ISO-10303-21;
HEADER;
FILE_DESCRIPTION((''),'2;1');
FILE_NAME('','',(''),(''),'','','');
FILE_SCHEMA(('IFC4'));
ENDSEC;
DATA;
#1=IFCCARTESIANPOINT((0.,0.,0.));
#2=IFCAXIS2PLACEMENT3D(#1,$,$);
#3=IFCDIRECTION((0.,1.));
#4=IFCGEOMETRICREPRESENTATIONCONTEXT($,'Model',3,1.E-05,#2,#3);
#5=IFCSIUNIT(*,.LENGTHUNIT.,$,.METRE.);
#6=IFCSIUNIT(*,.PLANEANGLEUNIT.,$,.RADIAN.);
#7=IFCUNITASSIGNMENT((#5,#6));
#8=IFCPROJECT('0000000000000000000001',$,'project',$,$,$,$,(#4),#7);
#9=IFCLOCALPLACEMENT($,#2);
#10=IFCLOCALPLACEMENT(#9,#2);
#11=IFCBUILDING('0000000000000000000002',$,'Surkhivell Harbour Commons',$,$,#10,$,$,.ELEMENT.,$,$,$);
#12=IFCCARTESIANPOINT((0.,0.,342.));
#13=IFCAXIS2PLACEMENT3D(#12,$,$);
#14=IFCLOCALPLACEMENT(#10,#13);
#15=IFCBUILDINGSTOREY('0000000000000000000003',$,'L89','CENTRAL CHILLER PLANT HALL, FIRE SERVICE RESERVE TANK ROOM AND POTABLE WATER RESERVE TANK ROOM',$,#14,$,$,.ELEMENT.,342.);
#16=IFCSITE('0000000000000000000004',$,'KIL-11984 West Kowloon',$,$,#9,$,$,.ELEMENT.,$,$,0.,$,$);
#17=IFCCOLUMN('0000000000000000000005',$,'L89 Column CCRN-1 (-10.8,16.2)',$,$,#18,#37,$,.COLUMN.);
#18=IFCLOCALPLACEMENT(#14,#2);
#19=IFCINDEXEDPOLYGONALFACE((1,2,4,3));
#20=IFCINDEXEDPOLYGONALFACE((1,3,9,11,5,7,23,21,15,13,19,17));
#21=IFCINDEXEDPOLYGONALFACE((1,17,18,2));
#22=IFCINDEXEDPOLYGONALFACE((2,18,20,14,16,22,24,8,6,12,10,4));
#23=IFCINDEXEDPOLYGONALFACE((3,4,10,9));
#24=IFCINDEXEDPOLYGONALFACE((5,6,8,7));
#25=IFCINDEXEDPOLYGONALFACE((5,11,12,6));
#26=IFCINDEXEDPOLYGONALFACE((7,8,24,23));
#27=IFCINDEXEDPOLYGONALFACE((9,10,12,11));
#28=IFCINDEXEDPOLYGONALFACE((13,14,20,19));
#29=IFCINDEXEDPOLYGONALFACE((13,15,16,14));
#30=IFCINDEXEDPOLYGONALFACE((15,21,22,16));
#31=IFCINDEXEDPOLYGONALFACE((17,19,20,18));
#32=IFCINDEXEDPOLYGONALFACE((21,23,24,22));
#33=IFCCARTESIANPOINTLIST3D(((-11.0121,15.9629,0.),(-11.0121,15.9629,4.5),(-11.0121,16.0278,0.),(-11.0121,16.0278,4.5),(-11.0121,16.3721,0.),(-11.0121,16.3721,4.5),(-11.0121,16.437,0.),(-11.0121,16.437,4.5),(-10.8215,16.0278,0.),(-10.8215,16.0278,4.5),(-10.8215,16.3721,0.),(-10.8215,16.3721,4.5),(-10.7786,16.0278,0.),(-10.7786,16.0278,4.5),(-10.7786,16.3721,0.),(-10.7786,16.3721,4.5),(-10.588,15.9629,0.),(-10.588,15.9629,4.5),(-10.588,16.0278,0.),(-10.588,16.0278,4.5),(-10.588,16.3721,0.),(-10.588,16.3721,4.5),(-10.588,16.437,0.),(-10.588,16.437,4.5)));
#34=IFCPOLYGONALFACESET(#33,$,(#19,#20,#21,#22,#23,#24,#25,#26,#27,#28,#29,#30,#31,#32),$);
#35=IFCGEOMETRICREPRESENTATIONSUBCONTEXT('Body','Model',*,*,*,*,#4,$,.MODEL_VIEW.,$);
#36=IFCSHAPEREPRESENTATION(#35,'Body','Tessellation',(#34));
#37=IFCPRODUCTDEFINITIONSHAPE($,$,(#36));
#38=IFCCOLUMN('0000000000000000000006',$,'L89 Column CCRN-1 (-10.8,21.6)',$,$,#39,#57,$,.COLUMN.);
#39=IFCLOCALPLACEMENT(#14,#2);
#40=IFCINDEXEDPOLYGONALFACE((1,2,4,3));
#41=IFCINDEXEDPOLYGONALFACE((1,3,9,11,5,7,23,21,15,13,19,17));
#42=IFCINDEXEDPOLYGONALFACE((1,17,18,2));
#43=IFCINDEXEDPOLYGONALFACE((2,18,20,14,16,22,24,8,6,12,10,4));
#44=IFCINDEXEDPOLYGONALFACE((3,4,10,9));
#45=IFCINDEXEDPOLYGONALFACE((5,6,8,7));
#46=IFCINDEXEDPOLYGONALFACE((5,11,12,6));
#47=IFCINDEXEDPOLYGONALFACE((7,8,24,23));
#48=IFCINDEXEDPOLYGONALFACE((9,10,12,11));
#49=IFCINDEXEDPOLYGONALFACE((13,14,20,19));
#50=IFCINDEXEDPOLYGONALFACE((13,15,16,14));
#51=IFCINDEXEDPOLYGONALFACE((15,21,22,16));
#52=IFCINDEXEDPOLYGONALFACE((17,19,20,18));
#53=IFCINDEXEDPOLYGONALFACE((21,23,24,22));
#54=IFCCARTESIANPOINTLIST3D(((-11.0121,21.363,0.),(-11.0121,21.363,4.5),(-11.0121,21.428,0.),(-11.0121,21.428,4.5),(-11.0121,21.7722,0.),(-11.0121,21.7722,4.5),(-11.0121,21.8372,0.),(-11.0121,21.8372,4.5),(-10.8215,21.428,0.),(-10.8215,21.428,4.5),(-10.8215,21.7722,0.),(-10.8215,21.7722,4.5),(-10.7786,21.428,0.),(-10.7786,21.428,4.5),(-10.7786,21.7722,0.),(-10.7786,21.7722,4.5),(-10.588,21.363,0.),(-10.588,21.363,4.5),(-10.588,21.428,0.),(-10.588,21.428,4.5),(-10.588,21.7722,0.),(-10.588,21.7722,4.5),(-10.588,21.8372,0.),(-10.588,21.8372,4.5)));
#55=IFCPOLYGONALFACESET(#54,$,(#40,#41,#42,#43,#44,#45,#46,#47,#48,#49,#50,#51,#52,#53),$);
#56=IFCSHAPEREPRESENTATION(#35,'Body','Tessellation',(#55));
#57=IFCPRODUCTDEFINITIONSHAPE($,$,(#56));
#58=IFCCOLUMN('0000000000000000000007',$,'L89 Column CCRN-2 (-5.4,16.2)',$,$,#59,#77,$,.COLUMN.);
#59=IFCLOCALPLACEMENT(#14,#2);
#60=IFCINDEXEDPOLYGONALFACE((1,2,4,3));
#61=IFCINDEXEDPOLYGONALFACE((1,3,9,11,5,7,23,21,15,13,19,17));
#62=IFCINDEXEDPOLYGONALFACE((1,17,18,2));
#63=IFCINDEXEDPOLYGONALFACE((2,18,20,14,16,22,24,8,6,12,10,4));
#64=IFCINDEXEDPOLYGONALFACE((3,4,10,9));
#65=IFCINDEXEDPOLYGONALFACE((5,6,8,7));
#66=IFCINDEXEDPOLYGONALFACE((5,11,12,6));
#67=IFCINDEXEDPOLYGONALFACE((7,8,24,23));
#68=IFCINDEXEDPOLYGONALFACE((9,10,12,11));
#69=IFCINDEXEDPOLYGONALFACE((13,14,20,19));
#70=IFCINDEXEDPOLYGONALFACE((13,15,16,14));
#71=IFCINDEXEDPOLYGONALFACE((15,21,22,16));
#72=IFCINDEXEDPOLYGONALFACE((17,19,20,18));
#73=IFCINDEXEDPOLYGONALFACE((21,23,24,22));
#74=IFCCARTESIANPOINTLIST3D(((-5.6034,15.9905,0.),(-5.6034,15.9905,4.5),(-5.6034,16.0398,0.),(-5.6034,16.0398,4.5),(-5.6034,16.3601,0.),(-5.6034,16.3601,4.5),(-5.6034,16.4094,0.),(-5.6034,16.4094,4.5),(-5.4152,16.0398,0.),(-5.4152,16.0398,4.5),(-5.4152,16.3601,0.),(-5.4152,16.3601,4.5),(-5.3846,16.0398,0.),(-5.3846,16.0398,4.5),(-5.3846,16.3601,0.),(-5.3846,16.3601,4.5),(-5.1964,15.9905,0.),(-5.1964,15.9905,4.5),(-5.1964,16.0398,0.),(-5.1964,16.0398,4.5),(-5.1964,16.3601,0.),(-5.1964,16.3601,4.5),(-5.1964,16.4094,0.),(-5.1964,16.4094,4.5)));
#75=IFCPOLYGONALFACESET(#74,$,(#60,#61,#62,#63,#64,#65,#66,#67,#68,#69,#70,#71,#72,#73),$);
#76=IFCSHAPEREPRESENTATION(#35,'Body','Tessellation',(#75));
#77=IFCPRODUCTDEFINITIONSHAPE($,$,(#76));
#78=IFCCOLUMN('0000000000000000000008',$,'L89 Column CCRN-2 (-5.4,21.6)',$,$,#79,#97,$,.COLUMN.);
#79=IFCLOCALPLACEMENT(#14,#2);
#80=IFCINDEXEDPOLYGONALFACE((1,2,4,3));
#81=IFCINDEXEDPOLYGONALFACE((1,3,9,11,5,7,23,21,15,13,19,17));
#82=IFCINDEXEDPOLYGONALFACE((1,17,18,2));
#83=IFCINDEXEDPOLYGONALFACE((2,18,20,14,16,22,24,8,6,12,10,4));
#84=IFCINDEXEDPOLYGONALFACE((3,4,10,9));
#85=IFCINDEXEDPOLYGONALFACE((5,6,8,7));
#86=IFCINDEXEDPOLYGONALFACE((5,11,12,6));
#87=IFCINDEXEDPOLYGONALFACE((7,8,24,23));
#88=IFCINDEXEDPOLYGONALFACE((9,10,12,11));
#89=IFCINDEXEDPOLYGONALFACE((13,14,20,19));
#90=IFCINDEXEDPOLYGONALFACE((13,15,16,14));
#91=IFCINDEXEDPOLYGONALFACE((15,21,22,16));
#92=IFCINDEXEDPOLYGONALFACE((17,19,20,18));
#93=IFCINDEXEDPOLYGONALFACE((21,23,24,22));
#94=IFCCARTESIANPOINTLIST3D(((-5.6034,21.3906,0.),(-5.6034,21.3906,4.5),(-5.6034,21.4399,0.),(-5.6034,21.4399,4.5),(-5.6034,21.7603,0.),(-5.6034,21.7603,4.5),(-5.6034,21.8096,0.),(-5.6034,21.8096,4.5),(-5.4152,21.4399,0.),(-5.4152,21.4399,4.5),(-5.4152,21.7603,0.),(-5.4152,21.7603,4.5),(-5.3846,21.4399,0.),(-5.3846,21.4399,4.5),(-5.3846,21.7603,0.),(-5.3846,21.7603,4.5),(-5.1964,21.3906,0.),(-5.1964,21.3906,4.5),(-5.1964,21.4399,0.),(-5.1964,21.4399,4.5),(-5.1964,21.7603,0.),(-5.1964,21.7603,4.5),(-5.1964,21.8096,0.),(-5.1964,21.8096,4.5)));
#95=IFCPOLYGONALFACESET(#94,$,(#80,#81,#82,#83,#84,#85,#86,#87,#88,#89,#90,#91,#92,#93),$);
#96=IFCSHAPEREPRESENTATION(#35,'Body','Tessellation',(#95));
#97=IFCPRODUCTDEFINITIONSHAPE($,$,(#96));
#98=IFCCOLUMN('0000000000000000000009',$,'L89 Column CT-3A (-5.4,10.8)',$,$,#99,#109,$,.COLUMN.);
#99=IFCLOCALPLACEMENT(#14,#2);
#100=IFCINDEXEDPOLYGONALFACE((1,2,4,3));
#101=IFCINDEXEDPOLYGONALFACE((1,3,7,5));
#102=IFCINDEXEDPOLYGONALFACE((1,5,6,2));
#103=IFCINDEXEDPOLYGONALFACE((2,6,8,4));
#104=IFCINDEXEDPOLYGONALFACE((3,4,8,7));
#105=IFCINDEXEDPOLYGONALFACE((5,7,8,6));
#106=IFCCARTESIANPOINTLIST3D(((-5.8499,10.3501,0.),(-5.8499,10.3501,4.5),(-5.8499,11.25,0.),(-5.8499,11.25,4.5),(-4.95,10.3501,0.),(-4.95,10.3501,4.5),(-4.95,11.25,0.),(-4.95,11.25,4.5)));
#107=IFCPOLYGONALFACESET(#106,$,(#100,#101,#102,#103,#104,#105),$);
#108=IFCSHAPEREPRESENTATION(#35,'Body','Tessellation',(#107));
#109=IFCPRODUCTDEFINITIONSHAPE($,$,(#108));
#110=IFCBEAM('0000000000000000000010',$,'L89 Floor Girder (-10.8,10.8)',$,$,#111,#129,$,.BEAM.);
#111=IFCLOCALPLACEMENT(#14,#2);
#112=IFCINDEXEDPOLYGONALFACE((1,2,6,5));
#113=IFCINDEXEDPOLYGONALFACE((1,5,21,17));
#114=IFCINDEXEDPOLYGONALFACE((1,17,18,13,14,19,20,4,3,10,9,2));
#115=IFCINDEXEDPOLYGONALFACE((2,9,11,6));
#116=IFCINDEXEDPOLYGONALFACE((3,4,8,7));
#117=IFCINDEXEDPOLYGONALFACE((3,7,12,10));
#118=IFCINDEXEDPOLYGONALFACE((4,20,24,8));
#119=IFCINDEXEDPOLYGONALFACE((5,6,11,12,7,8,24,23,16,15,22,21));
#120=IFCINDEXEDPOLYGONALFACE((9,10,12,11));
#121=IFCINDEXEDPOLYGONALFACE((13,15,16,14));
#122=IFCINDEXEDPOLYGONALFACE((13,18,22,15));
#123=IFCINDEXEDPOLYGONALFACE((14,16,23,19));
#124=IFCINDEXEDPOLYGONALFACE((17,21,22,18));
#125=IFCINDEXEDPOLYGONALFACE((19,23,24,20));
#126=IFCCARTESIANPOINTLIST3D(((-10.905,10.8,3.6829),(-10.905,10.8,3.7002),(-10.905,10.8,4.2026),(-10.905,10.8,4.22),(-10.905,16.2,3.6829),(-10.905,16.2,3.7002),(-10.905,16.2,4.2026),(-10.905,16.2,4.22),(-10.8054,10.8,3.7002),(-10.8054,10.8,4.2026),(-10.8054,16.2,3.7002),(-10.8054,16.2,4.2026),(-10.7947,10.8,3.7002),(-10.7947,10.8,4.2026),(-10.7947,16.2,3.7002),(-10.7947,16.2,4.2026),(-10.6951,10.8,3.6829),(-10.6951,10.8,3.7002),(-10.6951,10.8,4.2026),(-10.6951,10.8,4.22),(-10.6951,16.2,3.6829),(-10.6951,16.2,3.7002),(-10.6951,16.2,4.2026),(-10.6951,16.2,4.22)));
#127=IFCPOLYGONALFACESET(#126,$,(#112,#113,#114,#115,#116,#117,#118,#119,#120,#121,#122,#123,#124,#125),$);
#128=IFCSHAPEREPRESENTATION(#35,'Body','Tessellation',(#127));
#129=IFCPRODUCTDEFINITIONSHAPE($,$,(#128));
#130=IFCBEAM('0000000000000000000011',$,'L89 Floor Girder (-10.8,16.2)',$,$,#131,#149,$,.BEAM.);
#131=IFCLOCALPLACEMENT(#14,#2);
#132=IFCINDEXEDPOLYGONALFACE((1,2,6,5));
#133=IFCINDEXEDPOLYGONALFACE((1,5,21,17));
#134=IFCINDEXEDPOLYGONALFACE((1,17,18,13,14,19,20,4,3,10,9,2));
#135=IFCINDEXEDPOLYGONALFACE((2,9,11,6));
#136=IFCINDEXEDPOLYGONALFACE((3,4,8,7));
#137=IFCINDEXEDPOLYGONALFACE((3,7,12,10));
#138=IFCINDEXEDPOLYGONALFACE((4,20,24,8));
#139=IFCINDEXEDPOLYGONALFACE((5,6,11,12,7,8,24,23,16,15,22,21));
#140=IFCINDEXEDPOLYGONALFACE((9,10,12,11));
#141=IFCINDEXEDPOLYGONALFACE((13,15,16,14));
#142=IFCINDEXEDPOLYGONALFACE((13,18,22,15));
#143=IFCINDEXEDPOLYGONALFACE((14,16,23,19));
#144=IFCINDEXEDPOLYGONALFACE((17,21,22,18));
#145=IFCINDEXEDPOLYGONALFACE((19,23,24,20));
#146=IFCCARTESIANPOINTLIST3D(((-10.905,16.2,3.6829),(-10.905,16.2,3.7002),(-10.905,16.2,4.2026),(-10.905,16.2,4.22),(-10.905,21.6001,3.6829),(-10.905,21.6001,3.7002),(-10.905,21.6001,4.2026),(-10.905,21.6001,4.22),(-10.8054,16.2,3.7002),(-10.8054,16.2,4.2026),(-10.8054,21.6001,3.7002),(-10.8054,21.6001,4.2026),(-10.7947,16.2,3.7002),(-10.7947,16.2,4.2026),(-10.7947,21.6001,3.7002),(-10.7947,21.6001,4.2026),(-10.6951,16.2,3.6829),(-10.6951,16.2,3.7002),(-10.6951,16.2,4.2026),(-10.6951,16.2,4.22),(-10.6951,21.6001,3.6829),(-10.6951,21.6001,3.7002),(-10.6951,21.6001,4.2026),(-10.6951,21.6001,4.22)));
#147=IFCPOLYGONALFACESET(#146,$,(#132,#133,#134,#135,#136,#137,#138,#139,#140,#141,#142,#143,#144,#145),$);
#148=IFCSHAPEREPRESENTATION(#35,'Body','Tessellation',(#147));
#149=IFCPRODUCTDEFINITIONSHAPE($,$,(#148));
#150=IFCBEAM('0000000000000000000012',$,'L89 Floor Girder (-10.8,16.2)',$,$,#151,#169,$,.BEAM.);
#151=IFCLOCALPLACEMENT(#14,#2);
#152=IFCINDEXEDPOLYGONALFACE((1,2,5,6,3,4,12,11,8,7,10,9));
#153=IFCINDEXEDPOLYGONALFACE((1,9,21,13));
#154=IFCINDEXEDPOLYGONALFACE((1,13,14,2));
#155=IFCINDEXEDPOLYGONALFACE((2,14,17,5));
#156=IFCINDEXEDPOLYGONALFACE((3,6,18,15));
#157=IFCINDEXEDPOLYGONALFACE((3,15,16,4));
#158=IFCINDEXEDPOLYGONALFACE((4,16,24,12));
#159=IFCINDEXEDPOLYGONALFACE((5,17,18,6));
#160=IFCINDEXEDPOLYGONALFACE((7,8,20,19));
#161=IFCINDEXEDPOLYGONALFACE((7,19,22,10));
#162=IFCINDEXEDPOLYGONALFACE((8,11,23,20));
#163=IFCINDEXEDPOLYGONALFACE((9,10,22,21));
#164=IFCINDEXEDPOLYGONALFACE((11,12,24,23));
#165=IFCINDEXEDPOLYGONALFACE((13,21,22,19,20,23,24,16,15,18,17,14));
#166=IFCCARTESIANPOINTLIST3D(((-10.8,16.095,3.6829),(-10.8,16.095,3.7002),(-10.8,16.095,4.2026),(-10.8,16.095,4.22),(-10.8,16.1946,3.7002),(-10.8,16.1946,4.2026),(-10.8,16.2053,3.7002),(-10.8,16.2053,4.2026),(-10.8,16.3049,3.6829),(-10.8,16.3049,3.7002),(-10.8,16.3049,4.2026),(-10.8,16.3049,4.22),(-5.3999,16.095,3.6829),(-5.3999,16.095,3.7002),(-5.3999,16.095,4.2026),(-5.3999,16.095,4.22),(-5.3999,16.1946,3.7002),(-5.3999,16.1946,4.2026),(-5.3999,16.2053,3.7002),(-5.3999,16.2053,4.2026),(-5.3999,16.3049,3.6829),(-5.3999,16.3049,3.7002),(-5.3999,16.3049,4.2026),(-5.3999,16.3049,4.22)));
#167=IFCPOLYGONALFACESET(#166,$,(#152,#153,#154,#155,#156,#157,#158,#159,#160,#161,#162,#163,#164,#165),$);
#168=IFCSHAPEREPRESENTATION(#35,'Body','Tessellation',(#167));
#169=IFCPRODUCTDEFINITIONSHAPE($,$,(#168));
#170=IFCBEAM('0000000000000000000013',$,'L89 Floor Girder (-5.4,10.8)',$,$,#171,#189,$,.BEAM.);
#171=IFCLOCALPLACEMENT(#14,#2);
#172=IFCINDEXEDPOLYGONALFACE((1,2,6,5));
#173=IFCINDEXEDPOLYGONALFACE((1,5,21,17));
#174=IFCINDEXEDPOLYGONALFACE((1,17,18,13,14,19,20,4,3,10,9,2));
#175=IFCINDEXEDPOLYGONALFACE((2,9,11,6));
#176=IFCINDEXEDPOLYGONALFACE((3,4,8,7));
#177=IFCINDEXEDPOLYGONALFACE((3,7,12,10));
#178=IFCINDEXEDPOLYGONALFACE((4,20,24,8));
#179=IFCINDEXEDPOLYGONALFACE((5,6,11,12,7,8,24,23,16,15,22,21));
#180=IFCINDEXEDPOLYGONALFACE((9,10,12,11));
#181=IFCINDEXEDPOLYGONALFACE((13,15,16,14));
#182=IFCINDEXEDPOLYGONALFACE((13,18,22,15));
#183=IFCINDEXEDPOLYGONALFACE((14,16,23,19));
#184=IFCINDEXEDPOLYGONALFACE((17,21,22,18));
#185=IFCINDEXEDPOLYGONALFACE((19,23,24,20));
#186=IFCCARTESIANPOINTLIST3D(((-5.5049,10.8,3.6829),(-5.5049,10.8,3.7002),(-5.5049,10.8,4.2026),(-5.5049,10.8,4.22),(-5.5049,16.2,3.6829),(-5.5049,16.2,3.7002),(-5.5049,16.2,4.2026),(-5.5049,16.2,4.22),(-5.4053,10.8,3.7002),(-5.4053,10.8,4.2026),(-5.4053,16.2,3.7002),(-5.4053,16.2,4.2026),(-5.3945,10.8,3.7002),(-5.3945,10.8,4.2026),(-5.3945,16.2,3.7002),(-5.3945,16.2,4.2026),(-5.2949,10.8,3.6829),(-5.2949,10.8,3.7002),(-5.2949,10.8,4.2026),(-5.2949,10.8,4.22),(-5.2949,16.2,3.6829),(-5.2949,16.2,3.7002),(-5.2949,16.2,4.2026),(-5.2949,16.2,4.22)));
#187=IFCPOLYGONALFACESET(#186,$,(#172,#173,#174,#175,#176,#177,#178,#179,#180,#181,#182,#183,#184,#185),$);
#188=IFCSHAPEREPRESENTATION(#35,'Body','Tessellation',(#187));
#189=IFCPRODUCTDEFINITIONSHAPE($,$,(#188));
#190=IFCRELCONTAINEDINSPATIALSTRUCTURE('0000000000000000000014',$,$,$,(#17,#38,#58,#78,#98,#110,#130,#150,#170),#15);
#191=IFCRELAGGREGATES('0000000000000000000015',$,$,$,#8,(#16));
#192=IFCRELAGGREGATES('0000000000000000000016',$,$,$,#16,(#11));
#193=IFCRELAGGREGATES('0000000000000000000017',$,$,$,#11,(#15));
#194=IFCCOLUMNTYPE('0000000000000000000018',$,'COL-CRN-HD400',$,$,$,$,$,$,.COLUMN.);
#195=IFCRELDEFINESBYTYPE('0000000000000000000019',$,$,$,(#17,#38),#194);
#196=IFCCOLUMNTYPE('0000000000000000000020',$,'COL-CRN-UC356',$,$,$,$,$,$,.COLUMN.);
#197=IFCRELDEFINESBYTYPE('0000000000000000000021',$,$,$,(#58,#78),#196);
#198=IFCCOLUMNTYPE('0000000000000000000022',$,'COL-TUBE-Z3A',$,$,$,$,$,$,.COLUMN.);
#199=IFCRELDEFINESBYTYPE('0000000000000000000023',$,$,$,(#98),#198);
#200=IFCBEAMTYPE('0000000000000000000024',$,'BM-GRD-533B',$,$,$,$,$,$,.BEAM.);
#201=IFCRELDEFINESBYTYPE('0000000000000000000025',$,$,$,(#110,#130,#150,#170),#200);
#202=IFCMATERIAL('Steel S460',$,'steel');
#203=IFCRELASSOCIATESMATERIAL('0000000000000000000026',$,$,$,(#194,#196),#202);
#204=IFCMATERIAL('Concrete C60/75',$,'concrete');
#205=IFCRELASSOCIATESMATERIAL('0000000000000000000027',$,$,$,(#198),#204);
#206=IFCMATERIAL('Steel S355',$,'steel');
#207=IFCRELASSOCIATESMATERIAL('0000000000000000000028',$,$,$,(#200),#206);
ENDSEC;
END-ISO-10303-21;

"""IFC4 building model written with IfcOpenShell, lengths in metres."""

from ifc_helpers import new_model, si_unit, direction, frame, origin, origin_2d, place, context, subcontext, project, spatial, rectangle, i_section, extrude, material, material_profile, profile_set, type_object, element, save


model = new_model("IFC4")

# Units and contexts
model_context = context("Model", 3, precision=1e-05, world=origin(), true_north=direction((0.0, 1.0)))
body_context = subcontext(model_context, "Body", "Model", "MODEL_VIEW")
ifc_project = project(units=[si_unit("LENGTHUNIT", "METRE"), si_unit("PLANEANGLEUNIT", "RADIAN")], contexts=[model_context])

# Site, building, storey
site_placement = place(None, origin())
site = spatial("IfcSite", under=ifc_project, at=site_placement, Name="KIL-11984 West Kowloon", CompositionType="ELEMENT", RefElevation=0.0)
building_placement = place(site_placement, origin())
building = spatial("IfcBuilding", under=site, at=building_placement, Name="Surkhivell Harbour Commons", CompositionType="ELEMENT")
storey_placement = place(building_placement, frame((0.0, 0.0, 342.0)))
storey = spatial("IfcBuildingStorey", under=building, at=storey_placement, Name="L89", Description="CENTRAL CHILLER PLANT HALL, FIRE SERVICE RESERVE TANK ROOM AND POTABLE WATER RESERVE TANK ROOM", CompositionType="ELEMENT", Elevation=342.0)

# Columns
ifc_material_1 = material(Name="Steel S460", Category="steel")
ifc_material_profile_1 = material_profile(ifc_material_1, i_section(OverallWidth=0.4241, OverallDepth=0.4741, WebThickness=0.043, FlangeThickness=0.0649, at=origin_2d()), Name="HD400x634")
ifc_profile_set_1 = profile_set([ifc_material_profile_1], Name="Steel S460")
column_type_1 = type_object("IfcColumnType", Name="COL-CRN-HD400", PredefinedType="COLUMN", material=ifc_profile_set_1)
for number, where, z_axis, x_axis, name in (
    (1, (-10.8, 16.2, 0.0), (0.0, 0.0, 1.0), (1.0, 0.0, 0.0), "L89 Column CCRN-1 (-10.8,16.2)"),
    (2, (-10.8, 21.6001, 0.0), (0.0, 0.0, 1.0), (1.0, 0.0, 0.0), "L89 Column CCRN-1 (-10.8,21.6)"),
):
    element("IfcColumn", number, at=place(storey_placement, frame(where, z_axis=z_axis, x_axis=x_axis)), inside=storey, type_object=column_type_1, Name=name, PredefinedType="COLUMN", context=body_context, shape_type="SweptSolid", body=[
        extrude(i_section(OverallWidth=0.4241, OverallDepth=0.4741, WebThickness=0.043, FlangeThickness=0.0649, at=origin_2d()), origin(), (0.0, 0.0, 1.0), 4.5),
    ])
ifc_material_profile_2 = material_profile(ifc_material_1, i_section(OverallWidth=0.407, OverallDepth=0.4189, WebThickness=0.0305, FlangeThickness=0.0493, at=origin_2d()), Name="UC356x406x393")
ifc_profile_set_2 = profile_set([ifc_material_profile_2], Name="Steel S460")
column_type_2 = type_object("IfcColumnType", Name="COL-CRN-UC356", PredefinedType="COLUMN", material=ifc_profile_set_2)
for number, where, z_axis, x_axis, name in (
    (3, (-5.3999, 16.2, 0.0), (0.0, 0.0, 1.0), (1.0, 0.0, 0.0), "L89 Column CCRN-2 (-5.4,16.2)"),
    (4, (-5.3999, 21.6001, 0.0), (0.0, 0.0, 1.0), (1.0, 0.0, 0.0), "L89 Column CCRN-2 (-5.4,21.6)"),
):
    element("IfcColumn", number, at=place(storey_placement, frame(where, z_axis=z_axis, x_axis=x_axis)), inside=storey, type_object=column_type_2, Name=name, PredefinedType="COLUMN", context=body_context, shape_type="SweptSolid", body=[
        extrude(i_section(OverallWidth=0.407, OverallDepth=0.4189, WebThickness=0.0305, FlangeThickness=0.0493, at=origin_2d()), origin(), (0.0, 0.0, 1.0), 4.5),
    ])
ifc_material_2 = material(Name="Concrete C60/75", Category="concrete")
ifc_material_profile_3 = material_profile(ifc_material_2, rectangle(XDim=0.8999, YDim=0.8999, at=origin_2d()), Name="RC-COL-900x900")
ifc_profile_set_3 = profile_set([ifc_material_profile_3], Name="Concrete C60/75")
column_type_3 = type_object("IfcColumnType", Name="COL-TUBE-Z3A", PredefinedType="COLUMN", material=ifc_profile_set_3)
column_placement = place(storey_placement, frame((-5.3999, 10.8, 0.0), z_axis=(0.0, 0.0, 1.0), x_axis=(1.0, 0.0, 0.0)))
element("IfcColumn", 5, at=column_placement, inside=storey, type_object=column_type_3, Name="L89 Column CT-3A (-5.4,10.8)", PredefinedType="COLUMN", context=body_context, shape_type="SweptSolid", body=[
    extrude(rectangle(XDim=0.8999, YDim=0.8999, at=origin_2d()), origin(), (0.0, 0.0, 1.0), 4.5),
])

# Beams
ifc_material_3 = material(Name="Steel S355", Category="steel")
ifc_material_profile_4 = material_profile(ifc_material_3, i_section(OverallWidth=0.21, OverallDepth=0.5371, WebThickness=0.0107, FlangeThickness=0.0173, at=origin_2d()), Name="UB533x210x101")
ifc_profile_set_4 = profile_set([ifc_material_profile_4], Name="Steel S355")
beam_type_1 = type_object("IfcBeamType", Name="BM-GRD-533B", PredefinedType="BEAM", material=ifc_profile_set_4)
beam_1_placement = place(storey_placement, frame((-10.8, 10.8, 3.9514), z_axis=(0.0, 1.0, 0.0), x_axis=(-1.0, 0.0, 0.0)))
element("IfcBeam", 6, at=beam_1_placement, inside=storey, type_object=beam_type_1, Name="L89 Floor Girder (-10.8,10.8)", PredefinedType="BEAM", context=body_context, shape_type="SweptSolid", body=[
    extrude(i_section(OverallWidth=0.21, OverallDepth=0.5371, WebThickness=0.0107, FlangeThickness=0.0173, at=origin_2d()), origin(), (0.0, 0.0, 1.0), 5.3999),
])
for number, where, z_axis, x_axis, name in (
    (7, (-10.8, 16.2, 3.9514), (0.0, 1.0, 0.0), (-1.0, 0.0, 0.0), "L89 Floor Girder (-10.8,16.2)"),
    (8, (-10.8, 16.2, 3.9514), (1.0, 0.0, 0.0), (0.0, 1.0, 0.0), "L89 Floor Girder (-10.8,16.2)"),
):
    element("IfcBeam", number, at=place(storey_placement, frame(where, z_axis=z_axis, x_axis=x_axis)), inside=storey, type_object=beam_type_1, Name=name, PredefinedType="BEAM", context=body_context, shape_type="SweptSolid", body=[
        extrude(i_section(OverallWidth=0.21, OverallDepth=0.5371, WebThickness=0.0107, FlangeThickness=0.0173, at=origin_2d()), origin(), (0.0, 0.0, 1.0), 5.4001),
    ])
beam_2_placement = place(storey_placement, frame((-5.3999, 10.8, 3.9514), z_axis=(0.0, 1.0, 0.0), x_axis=(-1.0, 0.0, 0.0)))
element("IfcBeam", 9, at=beam_2_placement, inside=storey, type_object=beam_type_1, Name="L89 Floor Girder (-5.4,10.8)", PredefinedType="BEAM", context=body_context, shape_type="SweptSolid", body=[
    extrude(i_section(OverallWidth=0.21, OverallDepth=0.5371, WebThickness=0.0107, FlangeThickness=0.0173, at=origin_2d()), origin(), (0.0, 0.0, 1.0), 5.3999),
])

save(model, "model.ifc")
